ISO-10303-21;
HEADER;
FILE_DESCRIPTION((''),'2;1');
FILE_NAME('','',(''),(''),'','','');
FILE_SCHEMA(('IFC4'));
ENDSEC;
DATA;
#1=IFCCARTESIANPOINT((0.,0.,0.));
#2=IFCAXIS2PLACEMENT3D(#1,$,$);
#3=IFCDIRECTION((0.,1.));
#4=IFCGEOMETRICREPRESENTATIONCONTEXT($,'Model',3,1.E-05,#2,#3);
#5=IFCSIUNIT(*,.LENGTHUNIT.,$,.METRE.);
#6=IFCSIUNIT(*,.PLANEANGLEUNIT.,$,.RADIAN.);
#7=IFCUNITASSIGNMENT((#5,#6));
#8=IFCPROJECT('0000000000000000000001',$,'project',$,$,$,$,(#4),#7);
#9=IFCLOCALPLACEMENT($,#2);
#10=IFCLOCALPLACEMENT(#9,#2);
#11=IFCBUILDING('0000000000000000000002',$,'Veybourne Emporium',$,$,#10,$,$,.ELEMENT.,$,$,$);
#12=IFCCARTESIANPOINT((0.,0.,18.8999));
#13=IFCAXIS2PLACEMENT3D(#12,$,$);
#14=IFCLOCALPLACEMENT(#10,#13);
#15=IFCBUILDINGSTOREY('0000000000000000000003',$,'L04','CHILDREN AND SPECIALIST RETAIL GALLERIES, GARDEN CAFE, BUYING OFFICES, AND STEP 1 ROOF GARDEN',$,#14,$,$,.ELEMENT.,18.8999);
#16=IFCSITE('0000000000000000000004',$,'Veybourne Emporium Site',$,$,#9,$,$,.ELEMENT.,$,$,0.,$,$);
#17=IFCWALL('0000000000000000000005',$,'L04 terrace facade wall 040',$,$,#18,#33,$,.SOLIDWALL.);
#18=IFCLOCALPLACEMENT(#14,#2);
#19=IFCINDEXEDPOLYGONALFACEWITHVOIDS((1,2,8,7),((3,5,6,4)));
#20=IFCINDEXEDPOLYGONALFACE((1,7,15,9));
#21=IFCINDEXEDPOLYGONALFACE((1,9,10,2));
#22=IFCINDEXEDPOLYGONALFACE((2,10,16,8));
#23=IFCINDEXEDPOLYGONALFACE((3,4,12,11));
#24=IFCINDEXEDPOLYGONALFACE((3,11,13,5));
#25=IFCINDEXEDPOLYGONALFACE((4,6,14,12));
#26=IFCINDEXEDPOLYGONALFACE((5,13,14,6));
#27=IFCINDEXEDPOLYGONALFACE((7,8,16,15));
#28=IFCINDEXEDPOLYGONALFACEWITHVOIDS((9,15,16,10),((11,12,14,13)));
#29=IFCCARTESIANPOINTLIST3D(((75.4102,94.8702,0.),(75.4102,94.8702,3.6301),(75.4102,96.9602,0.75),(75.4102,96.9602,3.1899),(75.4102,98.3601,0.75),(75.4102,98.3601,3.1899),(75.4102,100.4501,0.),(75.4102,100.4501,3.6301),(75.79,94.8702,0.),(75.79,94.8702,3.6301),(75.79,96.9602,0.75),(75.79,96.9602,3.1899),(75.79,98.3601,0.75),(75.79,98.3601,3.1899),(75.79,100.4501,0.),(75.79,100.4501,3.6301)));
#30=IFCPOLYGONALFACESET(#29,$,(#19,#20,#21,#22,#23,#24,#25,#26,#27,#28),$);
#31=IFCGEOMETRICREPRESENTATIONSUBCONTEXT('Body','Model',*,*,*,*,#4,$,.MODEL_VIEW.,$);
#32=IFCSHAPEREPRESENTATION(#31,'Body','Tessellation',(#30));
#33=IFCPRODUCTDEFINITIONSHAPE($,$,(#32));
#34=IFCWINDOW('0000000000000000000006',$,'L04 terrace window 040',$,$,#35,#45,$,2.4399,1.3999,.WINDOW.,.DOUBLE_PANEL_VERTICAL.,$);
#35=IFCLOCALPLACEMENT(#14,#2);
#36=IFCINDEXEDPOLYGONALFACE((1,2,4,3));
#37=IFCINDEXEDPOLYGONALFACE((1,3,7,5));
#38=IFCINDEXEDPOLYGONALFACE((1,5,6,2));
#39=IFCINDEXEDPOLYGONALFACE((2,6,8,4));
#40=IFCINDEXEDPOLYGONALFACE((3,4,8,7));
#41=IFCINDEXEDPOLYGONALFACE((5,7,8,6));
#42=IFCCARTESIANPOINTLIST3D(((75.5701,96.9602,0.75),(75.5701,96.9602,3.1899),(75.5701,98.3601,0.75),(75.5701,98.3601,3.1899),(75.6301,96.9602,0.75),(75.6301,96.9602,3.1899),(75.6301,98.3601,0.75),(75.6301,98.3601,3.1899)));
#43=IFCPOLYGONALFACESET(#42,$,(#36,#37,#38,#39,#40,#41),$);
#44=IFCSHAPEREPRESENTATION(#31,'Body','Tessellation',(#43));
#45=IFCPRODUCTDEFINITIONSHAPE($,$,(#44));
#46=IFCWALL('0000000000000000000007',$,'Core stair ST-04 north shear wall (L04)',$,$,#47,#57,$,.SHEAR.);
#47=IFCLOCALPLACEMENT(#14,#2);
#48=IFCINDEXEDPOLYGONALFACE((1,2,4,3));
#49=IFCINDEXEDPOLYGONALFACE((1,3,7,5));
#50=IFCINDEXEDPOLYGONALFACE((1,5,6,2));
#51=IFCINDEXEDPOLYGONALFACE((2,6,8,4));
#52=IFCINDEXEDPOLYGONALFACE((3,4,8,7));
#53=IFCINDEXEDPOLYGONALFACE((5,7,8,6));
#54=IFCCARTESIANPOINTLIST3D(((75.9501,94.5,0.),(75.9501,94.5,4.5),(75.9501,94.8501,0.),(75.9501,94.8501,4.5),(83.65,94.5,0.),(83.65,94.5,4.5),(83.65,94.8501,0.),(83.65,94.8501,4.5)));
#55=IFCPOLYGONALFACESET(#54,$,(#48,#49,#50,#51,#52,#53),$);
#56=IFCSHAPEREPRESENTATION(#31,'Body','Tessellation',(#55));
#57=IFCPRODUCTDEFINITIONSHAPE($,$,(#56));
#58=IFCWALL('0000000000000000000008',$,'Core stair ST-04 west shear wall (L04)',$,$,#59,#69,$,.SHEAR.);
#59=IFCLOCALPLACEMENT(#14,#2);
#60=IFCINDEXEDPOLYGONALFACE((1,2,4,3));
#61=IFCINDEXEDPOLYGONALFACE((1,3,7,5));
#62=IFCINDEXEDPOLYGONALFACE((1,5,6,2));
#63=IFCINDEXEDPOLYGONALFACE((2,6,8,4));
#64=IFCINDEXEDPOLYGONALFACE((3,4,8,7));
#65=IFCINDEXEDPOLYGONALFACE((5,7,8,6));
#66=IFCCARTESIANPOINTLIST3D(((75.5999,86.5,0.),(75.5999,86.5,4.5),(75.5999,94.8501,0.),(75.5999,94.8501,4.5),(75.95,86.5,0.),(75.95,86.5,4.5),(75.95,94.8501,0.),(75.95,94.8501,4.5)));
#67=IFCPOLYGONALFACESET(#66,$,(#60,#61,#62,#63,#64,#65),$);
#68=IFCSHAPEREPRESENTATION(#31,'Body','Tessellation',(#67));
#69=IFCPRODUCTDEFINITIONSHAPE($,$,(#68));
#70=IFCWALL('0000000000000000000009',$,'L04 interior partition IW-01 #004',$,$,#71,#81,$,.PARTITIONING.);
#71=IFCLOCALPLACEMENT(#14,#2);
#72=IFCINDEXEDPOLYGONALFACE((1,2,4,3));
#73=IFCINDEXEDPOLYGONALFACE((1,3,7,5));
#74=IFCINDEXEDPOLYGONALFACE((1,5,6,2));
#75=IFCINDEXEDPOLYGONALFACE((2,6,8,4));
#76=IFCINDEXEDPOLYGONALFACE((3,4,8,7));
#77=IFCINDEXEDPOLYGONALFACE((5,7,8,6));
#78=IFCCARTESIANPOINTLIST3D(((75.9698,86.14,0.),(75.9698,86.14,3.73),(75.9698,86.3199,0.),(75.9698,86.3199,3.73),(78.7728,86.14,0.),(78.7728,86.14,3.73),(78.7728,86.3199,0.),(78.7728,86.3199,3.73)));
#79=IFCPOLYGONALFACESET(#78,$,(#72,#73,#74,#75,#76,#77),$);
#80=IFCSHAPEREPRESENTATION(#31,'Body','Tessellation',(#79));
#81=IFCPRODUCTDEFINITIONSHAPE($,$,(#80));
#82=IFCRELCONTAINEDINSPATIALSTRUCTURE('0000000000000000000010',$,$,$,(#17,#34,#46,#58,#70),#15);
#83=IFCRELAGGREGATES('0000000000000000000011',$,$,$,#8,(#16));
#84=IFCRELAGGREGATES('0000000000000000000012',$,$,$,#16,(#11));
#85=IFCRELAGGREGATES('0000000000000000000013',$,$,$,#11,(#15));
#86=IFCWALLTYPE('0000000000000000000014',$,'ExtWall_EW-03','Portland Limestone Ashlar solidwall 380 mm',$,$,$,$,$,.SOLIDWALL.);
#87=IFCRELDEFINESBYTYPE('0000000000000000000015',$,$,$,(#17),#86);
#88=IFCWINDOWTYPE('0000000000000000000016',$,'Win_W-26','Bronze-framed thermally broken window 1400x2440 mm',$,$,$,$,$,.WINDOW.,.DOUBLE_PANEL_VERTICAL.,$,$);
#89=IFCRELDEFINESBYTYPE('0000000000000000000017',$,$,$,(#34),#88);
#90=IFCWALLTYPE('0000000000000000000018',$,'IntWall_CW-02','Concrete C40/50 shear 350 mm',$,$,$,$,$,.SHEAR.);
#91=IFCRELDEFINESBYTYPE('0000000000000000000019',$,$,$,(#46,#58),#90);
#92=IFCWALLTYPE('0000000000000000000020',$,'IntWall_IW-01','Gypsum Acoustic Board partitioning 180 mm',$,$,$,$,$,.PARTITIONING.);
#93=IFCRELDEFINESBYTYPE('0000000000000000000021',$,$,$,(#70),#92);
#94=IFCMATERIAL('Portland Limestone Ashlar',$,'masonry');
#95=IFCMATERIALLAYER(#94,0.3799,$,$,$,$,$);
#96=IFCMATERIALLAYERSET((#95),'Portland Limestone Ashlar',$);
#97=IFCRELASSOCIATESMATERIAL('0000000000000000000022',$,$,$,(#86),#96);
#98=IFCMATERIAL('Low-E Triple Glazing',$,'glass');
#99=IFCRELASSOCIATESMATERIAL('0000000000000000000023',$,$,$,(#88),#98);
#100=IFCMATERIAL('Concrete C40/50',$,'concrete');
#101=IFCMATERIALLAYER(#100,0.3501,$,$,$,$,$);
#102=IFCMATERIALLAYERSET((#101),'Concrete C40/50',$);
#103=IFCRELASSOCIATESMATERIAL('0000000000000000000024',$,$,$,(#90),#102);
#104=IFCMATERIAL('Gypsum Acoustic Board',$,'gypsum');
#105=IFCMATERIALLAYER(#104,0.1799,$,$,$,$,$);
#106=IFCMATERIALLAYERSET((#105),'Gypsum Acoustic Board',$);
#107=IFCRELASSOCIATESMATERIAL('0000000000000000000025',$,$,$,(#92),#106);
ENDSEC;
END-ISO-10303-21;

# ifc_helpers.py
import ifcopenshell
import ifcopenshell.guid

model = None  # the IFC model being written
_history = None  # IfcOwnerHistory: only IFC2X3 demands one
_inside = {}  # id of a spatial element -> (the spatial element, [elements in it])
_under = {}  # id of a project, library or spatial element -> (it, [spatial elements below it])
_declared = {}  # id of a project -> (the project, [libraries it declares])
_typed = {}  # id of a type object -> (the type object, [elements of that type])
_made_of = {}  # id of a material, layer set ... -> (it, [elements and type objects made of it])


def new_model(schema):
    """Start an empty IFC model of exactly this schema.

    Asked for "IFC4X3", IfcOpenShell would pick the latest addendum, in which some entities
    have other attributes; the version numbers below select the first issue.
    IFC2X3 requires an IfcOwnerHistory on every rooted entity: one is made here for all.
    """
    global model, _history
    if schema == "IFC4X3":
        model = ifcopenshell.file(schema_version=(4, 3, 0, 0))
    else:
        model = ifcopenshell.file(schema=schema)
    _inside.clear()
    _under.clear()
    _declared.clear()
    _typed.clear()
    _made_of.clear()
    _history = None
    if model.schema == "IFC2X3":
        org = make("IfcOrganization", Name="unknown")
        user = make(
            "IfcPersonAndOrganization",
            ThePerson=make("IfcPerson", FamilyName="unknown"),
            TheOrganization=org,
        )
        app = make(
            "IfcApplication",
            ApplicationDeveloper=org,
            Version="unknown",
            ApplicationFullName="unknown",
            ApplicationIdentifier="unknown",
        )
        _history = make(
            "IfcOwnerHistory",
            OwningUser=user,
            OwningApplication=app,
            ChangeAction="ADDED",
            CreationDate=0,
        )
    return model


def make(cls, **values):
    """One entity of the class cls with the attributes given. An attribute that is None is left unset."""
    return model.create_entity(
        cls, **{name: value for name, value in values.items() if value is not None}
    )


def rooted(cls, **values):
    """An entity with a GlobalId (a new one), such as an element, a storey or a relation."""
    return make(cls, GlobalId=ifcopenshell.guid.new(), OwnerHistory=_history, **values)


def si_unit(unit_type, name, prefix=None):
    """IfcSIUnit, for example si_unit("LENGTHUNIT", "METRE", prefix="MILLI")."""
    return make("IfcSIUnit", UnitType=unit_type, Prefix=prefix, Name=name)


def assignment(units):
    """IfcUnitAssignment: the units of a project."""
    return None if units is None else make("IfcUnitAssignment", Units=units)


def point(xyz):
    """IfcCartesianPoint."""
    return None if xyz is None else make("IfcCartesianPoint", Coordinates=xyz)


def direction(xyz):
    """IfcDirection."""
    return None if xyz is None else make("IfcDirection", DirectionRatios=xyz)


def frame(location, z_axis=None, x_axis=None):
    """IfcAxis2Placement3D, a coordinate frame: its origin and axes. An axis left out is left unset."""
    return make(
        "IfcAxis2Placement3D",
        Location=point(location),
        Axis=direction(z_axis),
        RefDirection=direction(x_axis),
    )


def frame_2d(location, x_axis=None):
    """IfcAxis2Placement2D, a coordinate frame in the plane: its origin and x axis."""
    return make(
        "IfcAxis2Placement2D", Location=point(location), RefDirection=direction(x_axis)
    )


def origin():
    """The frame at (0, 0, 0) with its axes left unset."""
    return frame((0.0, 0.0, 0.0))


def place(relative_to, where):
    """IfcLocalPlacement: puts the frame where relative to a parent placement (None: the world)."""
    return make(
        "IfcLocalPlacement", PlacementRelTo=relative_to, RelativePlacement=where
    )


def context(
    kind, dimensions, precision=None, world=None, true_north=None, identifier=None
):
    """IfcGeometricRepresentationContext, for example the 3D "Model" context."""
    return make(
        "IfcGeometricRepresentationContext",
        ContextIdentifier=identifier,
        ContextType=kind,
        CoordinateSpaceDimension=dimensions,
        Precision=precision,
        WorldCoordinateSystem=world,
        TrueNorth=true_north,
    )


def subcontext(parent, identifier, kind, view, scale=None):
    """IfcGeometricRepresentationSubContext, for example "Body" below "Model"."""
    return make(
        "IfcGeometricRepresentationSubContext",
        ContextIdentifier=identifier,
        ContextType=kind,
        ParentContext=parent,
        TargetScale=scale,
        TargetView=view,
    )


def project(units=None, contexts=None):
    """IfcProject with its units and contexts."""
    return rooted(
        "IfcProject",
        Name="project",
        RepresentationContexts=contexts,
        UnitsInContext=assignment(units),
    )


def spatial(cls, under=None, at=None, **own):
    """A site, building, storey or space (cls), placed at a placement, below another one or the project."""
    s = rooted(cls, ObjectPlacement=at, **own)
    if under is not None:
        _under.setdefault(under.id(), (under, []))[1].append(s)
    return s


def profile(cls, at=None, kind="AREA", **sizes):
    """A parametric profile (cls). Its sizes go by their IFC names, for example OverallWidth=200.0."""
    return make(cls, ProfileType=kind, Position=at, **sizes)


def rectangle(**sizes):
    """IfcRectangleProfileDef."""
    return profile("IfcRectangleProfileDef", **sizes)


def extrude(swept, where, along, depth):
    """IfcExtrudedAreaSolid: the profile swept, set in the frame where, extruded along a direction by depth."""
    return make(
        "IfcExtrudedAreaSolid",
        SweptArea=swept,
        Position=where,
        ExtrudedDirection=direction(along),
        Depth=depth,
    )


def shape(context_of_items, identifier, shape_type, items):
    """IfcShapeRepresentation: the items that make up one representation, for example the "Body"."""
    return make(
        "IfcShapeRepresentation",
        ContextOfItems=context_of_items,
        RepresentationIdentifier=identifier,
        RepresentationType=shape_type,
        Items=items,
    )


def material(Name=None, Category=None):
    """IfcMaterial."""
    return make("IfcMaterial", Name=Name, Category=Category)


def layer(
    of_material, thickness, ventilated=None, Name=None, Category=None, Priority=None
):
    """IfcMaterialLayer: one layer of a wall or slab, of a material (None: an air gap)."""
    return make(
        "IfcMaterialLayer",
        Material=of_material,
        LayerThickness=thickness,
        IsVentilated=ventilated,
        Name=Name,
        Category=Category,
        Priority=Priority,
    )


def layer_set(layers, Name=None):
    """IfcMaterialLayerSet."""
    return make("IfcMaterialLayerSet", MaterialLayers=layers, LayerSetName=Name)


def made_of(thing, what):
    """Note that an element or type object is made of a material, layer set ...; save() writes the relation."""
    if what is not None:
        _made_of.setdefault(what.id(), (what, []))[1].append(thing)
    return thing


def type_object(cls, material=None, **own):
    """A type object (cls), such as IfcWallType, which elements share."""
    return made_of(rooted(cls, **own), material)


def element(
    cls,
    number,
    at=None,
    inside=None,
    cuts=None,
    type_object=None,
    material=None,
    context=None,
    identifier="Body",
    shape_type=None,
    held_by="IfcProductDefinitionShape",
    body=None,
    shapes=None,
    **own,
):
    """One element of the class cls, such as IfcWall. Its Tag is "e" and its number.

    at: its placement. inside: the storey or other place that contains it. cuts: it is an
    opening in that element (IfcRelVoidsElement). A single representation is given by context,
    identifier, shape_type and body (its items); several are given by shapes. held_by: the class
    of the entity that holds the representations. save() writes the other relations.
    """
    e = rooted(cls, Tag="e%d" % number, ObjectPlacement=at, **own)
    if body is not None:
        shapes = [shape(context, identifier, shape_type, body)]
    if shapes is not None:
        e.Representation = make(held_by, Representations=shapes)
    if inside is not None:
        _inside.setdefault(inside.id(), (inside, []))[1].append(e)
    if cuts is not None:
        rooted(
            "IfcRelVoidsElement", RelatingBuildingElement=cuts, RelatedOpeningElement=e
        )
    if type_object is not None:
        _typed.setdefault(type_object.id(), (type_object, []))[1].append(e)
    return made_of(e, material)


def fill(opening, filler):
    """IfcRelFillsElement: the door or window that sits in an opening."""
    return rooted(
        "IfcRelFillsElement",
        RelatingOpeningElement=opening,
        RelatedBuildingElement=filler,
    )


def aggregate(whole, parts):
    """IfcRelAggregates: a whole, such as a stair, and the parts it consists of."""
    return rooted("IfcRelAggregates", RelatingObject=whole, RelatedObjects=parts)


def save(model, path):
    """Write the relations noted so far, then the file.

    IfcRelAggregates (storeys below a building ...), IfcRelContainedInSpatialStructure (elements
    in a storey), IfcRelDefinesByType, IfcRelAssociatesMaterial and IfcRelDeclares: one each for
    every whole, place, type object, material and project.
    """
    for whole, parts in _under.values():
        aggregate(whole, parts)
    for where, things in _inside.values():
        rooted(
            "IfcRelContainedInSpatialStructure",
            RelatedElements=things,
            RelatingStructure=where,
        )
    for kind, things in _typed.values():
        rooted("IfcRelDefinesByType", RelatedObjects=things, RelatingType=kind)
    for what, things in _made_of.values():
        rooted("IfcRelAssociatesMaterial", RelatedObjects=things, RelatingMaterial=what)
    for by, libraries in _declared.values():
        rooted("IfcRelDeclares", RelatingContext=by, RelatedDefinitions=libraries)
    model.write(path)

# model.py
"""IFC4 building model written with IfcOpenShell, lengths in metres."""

from ifc_helpers import new_model, si_unit, direction, frame, frame_2d, origin, place, context, subcontext, project, spatial, rectangle, extrude, material, layer, layer_set, type_object, element, fill, save


model = new_model("IFC4")

# Units and contexts
model_context = context("Model", 3, precision=1e-05, world=origin(), true_north=direction((0.0, 1.0)))
body_context = subcontext(model_context, "Body", "Model", "MODEL_VIEW")
ifc_project = project(units=[si_unit("LENGTHUNIT", "METRE"), si_unit("PLANEANGLEUNIT", "RADIAN")], contexts=[model_context])

# Site, building, storey
site_placement = place(None, origin())
site = spatial("IfcSite", under=ifc_project, at=site_placement, Name="Veybourne Emporium Site", CompositionType="ELEMENT", RefElevation=0.0)
building_placement = place(site_placement, origin())
building = spatial("IfcBuilding", under=site, at=building_placement, Name="Veybourne Emporium", CompositionType="ELEMENT")
storey_placement = place(building_placement, frame((0.0, 0.0, 18.8999)))
storey = spatial("IfcBuildingStorey", under=building, at=storey_placement, Name="L04", Description="CHILDREN AND SPECIALIST RETAIL GALLERIES, GARDEN CAFE, BUYING OFFICES, AND STEP 1 ROOF GARDEN", CompositionType="ELEMENT", Elevation=18.8999)

# Shared definitions
ifc_material_1 = material(Name="Concrete C40/50", Category="concrete")

# Shared definitions
ifc_material_2 = material(Name="Low-E Triple Glazing", Category="glass")

# Wall, opening, window
ifc_material_3 = material(Name="Portland Limestone Ashlar", Category="masonry")
ifc_layer_1 = layer(ifc_material_3, 0.3799)
ifc_layer_set_1 = layer_set([ifc_layer_1], Name="Portland Limestone Ashlar")
wall_type_1 = type_object("IfcWallType", Name="ExtWall_EW-03", Description="Portland Limestone Ashlar solidwall 380 mm", PredefinedType="SOLIDWALL", material=ifc_layer_set_1)
wall_1_placement = place(storey_placement, frame((75.6001, 94.8701, 0.0), z_axis=(0.0, 0.0, 1.0), x_axis=(0.0, 1.0, 0.0)))
wall_1 = element("IfcWall", 1, at=wall_1_placement, inside=storey, type_object=wall_type_1, Name="L04 terrace facade wall 040", PredefinedType="SOLIDWALL", context=body_context, shape_type="SweptSolid", body=[
    extrude(rectangle(XDim=5.5798, YDim=0.3799, at=frame_2d((2.79, 0.0))), origin(), (0.0, 0.0, 1.0), 3.6301),
])
opening_placement = place(wall_1_placement, frame((2.0901, 0.0, 0.75)))
opening = element("IfcOpeningElement", 2, at=opening_placement, cuts=wall_1, PredefinedType="OPENING", context=body_context, shape_type="SweptSolid", body=[
    extrude(rectangle(XDim=1.3999, YDim=2.4399, at=frame_2d((0.7, 1.22))), frame((0.0, 0.21, 0.0), z_axis=(0.0, -1.0, 0.0), x_axis=(1.0, 0.0, 0.0)), (0.0, 0.0, 1.0), 0.4199),
])
window_type = type_object("IfcWindowType", Name="Win_W-26", Description="Bronze-framed thermally broken window 1400x2440 mm", PartitioningType="DOUBLE_PANEL_VERTICAL", PredefinedType="WINDOW", material=ifc_material_2)
window_placement = place(opening_placement, origin())
window = element("IfcWindow", 3, at=window_placement, inside=storey, type_object=window_type, Name="L04 terrace window 040", OverallHeight=2.4399, OverallWidth=1.3999, PartitioningType="DOUBLE_PANEL_VERTICAL", PredefinedType="WINDOW", context=body_context, shape_type="SweptSolid", body=[
    extrude(rectangle(XDim=1.3999, YDim=2.4399, at=frame_2d((0.7, 1.22))), frame((0.0, 0.03, 0.0), z_axis=(0.0, -1.0, 0.0), x_axis=(1.0, 0.0, 0.0)), (0.0, 0.0, 1.0), 0.0601),
])
fill(opening, window)

# Walls
ifc_layer_2 = layer(ifc_material_1, 0.3501)
ifc_layer_set_2 = layer_set([ifc_layer_2], Name="Concrete C40/50")
wall_type_2 = type_object("IfcWallType", Name="IntWall_CW-02", Description="Concrete C40/50 shear 350 mm", PredefinedType="SHEAR", material=ifc_layer_set_2)
wall_2_placement = place(storey_placement, frame((75.95, 94.675, 0.0), z_axis=(0.0, 0.0, 1.0), x_axis=(1.0, 0.0, 0.0)))
element("IfcWall", 4, at=wall_2_placement, inside=storey, type_object=wall_type_2, Name="Core stair ST-04 north shear wall (L04)", PredefinedType="SHEAR", context=body_context, shape_type="SweptSolid", body=[
    extrude(rectangle(XDim=7.7, YDim=0.3501, at=frame_2d((3.8501, 0.0))), origin(), (0.0, 0.0, 1.0), 4.5),
])
wall_3_placement = place(storey_placement, frame((75.7749, 94.8501, 0.0), z_axis=(0.0, 0.0, 1.0), x_axis=(0.0, -1.0, 0.0)))
element("IfcWall", 5, at=wall_3_placement, inside=storey, type_object=wall_type_2, Name="Core stair ST-04 west shear wall (L04)", PredefinedType="SHEAR", context=body_context, shape_type="SweptSolid", body=[
    extrude(rectangle(XDim=8.3501, YDim=0.3501, at=frame_2d((4.175, 0.0))), origin(), (0.0, 0.0, 1.0), 4.5),
])
ifc_material_4 = material(Name="Gypsum Acoustic Board", Category="gypsum")
ifc_layer_3 = layer(ifc_material_4, 0.1799)
ifc_layer_set_3 = layer_set([ifc_layer_3], Name="Gypsum Acoustic Board")
wall_type_3 = type_object("IfcWallType", Name="IntWall_IW-01", Description="Gypsum Acoustic Board partitioning 180 mm", PredefinedType="PARTITIONING", material=ifc_layer_set_3)
wall_4_placement = place(storey_placement, frame((75.97, 86.23, 0.0), z_axis=(0.0, 0.0, 1.0), x_axis=(1.0, 0.0, 0.0)))
element("IfcWall", 6, at=wall_4_placement, inside=storey, type_object=wall_type_3, Name="L04 interior partition IW-01 #004", PredefinedType="PARTITIONING", context=body_context, shape_type="SweptSolid", body=[
    extrude(rectangle(XDim=2.803, YDim=0.1799, at=frame_2d((1.4014, 0.0))), origin(), (0.0, 0.0, 1.0), 3.73),
])

save(model, "model.ifc")
